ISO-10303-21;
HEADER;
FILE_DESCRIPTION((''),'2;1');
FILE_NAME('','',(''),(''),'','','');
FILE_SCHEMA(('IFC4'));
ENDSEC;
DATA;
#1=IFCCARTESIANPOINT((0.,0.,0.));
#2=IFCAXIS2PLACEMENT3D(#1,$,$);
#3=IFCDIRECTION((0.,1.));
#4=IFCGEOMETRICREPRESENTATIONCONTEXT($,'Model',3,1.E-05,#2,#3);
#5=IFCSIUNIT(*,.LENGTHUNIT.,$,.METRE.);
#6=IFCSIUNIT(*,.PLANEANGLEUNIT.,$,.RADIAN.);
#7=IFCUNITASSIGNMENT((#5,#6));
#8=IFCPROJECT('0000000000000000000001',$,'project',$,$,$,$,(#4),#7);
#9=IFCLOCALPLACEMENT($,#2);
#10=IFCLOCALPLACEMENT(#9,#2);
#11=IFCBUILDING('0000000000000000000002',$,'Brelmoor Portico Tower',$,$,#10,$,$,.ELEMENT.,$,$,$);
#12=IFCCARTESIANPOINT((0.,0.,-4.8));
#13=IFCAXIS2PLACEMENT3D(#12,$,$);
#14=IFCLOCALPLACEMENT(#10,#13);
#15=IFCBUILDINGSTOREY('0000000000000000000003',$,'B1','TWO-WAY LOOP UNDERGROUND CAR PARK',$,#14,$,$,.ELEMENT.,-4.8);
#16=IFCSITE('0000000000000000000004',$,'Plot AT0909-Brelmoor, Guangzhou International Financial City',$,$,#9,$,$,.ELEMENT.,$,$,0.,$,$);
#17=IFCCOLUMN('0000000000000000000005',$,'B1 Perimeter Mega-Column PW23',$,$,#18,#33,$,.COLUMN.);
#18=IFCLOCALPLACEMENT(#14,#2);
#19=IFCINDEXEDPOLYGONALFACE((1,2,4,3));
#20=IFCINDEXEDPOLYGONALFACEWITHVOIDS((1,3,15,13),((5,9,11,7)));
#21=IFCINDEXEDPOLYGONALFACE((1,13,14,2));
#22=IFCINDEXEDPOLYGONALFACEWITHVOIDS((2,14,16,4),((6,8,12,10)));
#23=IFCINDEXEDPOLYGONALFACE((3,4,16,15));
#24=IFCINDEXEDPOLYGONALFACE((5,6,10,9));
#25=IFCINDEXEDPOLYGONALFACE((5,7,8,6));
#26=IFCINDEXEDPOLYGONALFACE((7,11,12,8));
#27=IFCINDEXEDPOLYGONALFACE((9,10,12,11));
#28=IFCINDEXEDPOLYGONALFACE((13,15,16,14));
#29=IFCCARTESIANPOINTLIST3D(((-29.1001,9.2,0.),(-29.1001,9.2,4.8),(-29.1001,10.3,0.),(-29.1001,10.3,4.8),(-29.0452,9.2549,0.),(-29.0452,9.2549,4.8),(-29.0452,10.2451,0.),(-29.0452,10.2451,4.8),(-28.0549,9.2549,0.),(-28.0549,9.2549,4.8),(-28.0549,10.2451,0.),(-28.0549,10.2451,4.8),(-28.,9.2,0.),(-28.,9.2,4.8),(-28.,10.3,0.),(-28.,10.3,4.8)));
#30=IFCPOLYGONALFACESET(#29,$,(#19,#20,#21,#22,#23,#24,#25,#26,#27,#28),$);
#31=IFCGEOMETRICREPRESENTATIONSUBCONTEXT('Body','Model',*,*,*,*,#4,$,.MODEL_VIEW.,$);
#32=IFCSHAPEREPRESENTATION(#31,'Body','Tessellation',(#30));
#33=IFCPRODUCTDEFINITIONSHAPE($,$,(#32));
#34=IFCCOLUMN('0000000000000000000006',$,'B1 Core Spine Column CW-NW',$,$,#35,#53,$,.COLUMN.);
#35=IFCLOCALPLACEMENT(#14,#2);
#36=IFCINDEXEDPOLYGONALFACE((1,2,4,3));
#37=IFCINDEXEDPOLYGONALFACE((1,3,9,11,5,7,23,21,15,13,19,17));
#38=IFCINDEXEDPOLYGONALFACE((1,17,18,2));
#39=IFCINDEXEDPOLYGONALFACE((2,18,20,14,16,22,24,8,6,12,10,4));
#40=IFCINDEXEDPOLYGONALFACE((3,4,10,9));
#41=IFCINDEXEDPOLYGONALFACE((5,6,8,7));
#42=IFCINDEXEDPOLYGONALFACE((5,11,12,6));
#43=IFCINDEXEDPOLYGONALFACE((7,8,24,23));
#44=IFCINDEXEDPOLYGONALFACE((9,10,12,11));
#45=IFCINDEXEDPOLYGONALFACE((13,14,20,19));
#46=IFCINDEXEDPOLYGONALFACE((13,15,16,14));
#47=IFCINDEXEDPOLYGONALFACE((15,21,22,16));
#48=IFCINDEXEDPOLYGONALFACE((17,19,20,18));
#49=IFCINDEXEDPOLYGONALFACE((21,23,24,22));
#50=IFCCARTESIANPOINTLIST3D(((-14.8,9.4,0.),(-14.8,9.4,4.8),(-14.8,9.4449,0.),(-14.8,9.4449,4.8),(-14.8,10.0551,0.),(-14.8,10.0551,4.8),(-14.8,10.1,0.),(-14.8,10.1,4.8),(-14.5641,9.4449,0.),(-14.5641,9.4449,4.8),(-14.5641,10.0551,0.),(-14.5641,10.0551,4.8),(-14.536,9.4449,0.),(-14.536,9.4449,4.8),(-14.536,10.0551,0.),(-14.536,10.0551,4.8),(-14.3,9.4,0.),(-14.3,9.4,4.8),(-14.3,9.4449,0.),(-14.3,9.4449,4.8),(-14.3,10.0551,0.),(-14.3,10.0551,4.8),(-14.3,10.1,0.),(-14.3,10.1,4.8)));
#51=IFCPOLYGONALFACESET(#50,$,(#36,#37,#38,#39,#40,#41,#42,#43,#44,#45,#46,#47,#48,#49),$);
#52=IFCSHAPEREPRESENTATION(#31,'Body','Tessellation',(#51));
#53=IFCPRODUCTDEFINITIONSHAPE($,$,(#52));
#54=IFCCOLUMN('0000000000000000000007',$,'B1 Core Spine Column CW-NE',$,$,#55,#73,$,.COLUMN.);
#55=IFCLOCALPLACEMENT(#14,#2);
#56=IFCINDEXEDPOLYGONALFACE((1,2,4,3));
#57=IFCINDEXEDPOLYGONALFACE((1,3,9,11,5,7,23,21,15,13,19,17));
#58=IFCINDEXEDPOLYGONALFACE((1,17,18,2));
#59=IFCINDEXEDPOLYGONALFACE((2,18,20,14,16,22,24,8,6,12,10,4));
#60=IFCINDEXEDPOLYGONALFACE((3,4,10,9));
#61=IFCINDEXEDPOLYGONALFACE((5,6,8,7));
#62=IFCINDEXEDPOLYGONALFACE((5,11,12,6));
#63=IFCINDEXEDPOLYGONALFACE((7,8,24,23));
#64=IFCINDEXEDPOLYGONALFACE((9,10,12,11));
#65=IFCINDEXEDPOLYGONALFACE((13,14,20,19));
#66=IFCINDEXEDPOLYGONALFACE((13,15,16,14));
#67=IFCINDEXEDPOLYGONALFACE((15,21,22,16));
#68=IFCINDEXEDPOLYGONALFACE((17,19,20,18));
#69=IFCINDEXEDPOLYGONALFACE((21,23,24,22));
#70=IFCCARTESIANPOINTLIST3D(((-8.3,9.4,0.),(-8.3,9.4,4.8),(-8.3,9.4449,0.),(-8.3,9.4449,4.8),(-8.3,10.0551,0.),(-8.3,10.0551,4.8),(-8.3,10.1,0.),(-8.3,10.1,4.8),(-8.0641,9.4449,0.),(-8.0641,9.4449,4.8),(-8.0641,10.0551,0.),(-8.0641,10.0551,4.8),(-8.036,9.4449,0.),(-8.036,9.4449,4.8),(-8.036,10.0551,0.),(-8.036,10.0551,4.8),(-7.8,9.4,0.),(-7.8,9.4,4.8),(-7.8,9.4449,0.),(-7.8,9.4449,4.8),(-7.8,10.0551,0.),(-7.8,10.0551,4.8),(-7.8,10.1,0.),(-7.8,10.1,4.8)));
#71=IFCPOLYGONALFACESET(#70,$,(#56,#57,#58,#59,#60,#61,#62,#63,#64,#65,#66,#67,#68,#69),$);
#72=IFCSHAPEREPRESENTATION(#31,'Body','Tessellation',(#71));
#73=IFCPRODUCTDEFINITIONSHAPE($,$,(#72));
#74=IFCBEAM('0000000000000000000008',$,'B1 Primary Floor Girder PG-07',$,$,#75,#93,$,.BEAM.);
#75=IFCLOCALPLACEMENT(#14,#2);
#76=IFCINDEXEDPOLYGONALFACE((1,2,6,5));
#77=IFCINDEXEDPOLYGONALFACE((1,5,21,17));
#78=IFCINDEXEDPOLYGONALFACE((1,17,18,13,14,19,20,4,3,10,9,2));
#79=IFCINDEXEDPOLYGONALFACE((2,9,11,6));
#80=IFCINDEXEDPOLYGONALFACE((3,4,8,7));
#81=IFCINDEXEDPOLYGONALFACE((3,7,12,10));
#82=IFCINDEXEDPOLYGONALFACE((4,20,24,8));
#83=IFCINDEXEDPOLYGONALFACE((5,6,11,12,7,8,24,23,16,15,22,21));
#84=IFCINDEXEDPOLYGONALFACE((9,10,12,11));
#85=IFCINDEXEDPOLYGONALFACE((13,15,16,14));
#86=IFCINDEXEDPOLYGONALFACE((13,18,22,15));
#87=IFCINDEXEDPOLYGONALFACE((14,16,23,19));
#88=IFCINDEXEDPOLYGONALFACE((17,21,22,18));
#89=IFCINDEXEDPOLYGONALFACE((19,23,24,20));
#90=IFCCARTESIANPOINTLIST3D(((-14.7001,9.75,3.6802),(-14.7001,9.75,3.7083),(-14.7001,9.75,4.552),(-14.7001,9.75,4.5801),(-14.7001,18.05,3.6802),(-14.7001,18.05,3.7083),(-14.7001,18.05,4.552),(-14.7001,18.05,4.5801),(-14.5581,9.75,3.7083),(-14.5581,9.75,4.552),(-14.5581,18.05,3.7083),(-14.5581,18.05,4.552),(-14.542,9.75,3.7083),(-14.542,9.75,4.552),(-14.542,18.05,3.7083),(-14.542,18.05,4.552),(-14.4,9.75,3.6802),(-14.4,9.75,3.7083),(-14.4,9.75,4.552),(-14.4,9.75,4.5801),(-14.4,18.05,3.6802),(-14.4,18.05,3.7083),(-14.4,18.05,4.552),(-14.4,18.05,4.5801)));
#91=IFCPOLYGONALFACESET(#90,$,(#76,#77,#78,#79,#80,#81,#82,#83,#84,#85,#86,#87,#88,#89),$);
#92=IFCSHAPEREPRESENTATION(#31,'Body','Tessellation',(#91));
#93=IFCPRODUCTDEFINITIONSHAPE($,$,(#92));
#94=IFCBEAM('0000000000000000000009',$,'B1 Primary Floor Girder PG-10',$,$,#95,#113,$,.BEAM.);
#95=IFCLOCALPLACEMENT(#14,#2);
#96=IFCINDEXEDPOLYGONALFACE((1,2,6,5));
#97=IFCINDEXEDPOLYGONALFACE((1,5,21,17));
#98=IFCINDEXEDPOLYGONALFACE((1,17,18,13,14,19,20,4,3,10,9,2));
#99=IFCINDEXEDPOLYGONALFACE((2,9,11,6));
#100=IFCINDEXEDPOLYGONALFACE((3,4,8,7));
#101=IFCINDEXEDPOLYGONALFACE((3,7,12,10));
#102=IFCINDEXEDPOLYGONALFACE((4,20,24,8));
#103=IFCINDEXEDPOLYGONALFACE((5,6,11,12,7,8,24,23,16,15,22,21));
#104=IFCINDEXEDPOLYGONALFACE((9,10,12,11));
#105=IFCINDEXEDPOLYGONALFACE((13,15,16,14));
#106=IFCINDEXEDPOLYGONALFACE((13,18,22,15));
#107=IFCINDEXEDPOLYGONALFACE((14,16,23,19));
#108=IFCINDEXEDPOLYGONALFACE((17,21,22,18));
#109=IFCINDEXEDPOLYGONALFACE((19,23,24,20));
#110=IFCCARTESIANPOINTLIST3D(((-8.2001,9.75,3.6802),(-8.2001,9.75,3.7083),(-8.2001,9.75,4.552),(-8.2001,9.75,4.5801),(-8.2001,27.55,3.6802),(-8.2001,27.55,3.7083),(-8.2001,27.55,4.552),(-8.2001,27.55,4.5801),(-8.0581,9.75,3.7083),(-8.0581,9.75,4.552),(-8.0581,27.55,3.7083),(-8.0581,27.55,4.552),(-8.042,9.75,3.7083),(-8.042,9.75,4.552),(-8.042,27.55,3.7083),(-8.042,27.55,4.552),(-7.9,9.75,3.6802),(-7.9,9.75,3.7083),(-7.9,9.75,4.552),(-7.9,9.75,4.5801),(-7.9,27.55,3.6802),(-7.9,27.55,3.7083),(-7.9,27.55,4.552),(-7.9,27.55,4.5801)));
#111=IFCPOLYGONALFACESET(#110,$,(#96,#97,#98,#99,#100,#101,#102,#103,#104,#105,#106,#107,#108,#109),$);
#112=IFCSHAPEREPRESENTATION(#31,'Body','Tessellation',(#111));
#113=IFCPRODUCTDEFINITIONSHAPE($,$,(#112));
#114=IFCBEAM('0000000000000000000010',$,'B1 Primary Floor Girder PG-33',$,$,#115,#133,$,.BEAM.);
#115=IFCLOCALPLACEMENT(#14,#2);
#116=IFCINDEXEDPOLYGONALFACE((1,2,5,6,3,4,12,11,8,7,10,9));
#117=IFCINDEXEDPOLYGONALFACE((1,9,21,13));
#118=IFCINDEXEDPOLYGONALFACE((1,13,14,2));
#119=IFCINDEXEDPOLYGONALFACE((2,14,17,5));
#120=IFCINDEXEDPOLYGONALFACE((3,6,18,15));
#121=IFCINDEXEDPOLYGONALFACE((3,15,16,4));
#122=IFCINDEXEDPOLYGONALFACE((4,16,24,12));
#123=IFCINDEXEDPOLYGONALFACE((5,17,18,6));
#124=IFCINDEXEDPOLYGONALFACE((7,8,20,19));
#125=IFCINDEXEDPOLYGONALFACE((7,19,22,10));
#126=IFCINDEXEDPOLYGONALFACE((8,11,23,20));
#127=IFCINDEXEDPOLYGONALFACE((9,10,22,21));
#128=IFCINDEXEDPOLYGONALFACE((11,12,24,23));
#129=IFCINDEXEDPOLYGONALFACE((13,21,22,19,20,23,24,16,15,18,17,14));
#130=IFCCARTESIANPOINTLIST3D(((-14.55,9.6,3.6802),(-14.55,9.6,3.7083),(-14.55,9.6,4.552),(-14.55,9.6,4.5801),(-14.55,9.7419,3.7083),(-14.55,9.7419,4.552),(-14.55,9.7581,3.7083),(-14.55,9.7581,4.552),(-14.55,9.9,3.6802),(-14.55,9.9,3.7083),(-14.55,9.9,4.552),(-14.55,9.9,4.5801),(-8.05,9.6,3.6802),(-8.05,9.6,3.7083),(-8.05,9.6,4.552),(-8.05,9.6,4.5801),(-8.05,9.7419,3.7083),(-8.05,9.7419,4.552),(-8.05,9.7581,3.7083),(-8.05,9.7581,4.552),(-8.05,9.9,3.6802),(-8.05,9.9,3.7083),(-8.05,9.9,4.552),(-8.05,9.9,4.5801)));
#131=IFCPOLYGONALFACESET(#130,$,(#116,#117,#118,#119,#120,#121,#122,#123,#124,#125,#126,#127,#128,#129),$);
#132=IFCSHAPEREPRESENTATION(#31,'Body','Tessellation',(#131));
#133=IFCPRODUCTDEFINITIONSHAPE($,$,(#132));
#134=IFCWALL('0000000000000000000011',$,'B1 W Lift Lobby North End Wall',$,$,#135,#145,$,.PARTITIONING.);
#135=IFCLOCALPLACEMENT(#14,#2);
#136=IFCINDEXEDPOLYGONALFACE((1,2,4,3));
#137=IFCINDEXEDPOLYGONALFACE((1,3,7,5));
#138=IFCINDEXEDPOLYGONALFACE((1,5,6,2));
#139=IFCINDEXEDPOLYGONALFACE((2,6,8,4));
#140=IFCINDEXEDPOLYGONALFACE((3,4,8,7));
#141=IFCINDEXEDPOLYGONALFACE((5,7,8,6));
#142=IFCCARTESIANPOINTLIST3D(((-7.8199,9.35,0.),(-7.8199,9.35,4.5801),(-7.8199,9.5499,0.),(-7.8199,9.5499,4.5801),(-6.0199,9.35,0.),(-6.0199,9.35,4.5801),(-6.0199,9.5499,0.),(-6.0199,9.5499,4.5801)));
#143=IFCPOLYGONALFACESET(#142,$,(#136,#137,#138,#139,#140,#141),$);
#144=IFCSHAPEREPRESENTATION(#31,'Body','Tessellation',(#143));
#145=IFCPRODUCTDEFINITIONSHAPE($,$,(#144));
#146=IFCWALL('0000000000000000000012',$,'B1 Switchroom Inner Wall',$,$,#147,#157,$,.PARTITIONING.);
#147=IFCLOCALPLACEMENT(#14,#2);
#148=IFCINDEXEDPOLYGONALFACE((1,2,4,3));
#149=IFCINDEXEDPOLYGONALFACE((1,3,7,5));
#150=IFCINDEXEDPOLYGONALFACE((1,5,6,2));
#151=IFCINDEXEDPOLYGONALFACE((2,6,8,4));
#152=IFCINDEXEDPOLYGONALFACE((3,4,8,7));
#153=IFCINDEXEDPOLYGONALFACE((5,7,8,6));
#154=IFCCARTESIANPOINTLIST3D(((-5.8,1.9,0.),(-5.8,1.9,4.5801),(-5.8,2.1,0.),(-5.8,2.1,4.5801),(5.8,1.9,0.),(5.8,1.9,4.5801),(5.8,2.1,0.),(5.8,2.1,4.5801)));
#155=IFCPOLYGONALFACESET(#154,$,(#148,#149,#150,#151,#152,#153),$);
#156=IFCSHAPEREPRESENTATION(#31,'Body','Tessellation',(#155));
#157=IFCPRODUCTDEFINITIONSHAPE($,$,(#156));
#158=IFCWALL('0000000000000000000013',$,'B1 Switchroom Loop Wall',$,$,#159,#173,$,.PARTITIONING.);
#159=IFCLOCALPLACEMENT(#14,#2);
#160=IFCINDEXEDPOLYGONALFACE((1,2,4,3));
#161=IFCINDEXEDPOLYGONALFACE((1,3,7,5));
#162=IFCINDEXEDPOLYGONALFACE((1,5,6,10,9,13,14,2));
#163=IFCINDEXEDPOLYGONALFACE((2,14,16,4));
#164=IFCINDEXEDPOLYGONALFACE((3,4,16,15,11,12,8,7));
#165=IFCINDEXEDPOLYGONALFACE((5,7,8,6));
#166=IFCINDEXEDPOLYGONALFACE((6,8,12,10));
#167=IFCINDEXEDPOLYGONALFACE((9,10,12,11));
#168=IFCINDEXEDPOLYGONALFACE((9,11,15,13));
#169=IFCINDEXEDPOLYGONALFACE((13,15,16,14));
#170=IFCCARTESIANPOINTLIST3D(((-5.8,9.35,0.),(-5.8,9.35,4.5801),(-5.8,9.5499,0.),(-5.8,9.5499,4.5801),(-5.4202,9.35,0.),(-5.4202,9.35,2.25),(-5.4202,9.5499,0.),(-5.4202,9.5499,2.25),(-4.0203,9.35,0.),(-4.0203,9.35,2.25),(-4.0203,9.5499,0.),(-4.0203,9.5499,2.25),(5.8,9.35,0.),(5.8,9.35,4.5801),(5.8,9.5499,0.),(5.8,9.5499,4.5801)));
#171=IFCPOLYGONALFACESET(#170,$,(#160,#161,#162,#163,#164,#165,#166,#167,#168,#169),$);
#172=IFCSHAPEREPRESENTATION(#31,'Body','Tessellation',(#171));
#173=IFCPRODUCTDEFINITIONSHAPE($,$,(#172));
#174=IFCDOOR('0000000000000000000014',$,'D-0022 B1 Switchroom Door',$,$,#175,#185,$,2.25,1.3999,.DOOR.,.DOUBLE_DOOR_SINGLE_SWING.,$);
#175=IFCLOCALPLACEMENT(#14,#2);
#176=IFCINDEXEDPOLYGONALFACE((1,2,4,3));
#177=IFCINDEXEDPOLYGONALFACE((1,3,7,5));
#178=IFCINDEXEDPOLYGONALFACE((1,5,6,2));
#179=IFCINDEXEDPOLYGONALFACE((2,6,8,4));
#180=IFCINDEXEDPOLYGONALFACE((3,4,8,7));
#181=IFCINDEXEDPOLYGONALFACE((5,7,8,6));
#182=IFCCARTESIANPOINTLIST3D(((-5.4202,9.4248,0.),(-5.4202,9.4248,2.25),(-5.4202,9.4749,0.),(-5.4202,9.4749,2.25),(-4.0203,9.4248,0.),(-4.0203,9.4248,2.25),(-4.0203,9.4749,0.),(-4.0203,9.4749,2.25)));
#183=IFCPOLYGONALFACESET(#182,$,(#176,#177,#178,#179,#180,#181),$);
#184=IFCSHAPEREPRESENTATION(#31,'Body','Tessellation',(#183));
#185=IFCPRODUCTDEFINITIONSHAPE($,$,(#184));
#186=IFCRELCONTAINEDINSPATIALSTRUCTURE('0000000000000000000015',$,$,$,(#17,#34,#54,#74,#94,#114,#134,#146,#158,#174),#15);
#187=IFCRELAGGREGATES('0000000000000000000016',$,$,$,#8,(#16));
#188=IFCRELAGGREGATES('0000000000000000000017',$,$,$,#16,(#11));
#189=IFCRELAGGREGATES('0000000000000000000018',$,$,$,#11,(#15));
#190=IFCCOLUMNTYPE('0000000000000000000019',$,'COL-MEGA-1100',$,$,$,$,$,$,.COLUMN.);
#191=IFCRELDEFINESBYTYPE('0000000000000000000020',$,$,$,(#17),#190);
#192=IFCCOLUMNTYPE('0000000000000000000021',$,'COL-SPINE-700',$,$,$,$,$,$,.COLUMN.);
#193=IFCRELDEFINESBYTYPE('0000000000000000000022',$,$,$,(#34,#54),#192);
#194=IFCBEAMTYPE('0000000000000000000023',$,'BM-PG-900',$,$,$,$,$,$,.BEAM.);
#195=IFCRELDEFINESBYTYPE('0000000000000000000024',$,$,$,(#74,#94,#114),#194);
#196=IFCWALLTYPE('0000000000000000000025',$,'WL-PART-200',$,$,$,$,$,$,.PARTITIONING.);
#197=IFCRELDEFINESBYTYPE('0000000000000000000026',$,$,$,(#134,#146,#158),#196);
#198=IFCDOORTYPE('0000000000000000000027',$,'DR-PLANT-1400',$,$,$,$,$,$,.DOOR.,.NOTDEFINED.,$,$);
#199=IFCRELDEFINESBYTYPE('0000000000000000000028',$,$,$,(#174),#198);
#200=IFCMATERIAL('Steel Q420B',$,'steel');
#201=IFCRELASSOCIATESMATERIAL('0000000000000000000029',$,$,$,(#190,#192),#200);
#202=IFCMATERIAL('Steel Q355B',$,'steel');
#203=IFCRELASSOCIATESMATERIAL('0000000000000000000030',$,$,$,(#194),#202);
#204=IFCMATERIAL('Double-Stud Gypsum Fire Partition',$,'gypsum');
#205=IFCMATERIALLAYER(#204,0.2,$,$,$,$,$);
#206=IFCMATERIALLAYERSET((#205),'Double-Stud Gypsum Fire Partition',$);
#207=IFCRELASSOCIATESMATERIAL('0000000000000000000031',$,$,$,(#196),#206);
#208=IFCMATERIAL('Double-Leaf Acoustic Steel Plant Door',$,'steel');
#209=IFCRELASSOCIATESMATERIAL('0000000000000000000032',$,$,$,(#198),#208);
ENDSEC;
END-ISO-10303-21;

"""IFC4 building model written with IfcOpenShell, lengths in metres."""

from ifc_helpers import new_model, si_unit, direction, frame, frame_2d, origin, origin_2d, place, context, subcontext, project, spatial, rectangle, hollow_rectangle, i_section, extrude, material, layer, layer_set, material_profile, profile_set, type_object, element, fill, save


model = new_model("IFC4")

# Units and contexts
model_context = context("Model", 3, precision=1e-05, world=origin(), true_north=direction((0.0, 1.0)))
body_context = subcontext(model_context, "Body", "Model", "MODEL_VIEW")
ifc_project = project(units=[si_unit("LENGTHUNIT", "METRE"), si_unit("PLANEANGLEUNIT", "RADIAN")], contexts=[model_context])

# Site, building, storey
site_placement = place(None, origin())
site = spatial("IfcSite", under=ifc_project, at=site_placement, Name="Plot AT0909-Brelmoor, Guangzhou International Financial City", CompositionType="ELEMENT", RefElevation=0.0)
building_placement = place(site_placement, origin())
building = spatial("IfcBuilding", under=site, at=building_placement, Name="Brelmoor Portico Tower", CompositionType="ELEMENT")
storey_placement = place(building_placement, frame((0.0, 0.0, -4.8)))
storey = spatial("IfcBuildingStorey", under=building, at=storey_placement, Name="B1", Description="TWO-WAY LOOP UNDERGROUND CAR PARK", CompositionType="ELEMENT", Elevation=-4.8)

# Columns
ifc_material_1 = material(Name="Steel Q420B", Category="steel")
ifc_material_profile_1 = material_profile(ifc_material_1, hollow_rectangle(XDim=1.1001, YDim=1.1001, WallThickness=0.0549, at=origin_2d()), Name="BOX 1100x1100x55")
ifc_profile_set_1 = profile_set([ifc_material_profile_1], Name="Steel Q420B")
column_type_1 = type_object("IfcColumnType", Name="COL-MEGA-1100", PredefinedType="COLUMN", material=ifc_profile_set_1)
column_placement = place(storey_placement, frame((-28.55, 9.75, 0.0), z_axis=(0.0, 0.0, 1.0), x_axis=(0.0, 1.0, 0.0)))
element("IfcColumn", 1, at=column_placement, inside=storey, type_object=column_type_1, Name="B1 Perimeter Mega-Column PW23", PredefinedType="COLUMN", context=body_context, shape_type="SweptSolid", body=[
    extrude(hollow_rectangle(XDim=1.1001, YDim=1.1001, WallThickness=0.0549, at=origin_2d()), origin(), (0.0, 0.0, 1.0), 4.8),
])
ifc_material_profile_2 = material_profile(ifc_material_1, i_section(OverallWidth=0.5, OverallDepth=0.7, WebThickness=0.0281, FlangeThickness=0.0449, at=origin_2d()), Name="HW 700x500x28x45")
ifc_profile_set_2 = profile_set([ifc_material_profile_2], Name="Steel Q420B")
column_type_2 = type_object("IfcColumnType", Name="COL-SPINE-700", PredefinedType="COLUMN", material=ifc_profile_set_2)
for number, where, z_axis, x_axis, name in (
    (2, (-14.55, 9.75, 0.0), (0.0, 0.0, 1.0), (1.0, 0.0, 0.0), "B1 Core Spine Column CW-NW"),
    (3, (-8.05, 9.75, 0.0), (0.0, 0.0, 1.0), (1.0, 0.0, 0.0), "B1 Core Spine Column CW-NE"),
):
    element("IfcColumn", number, at=place(storey_placement, frame(where, z_axis=z_axis, x_axis=x_axis)), inside=storey, type_object=column_type_2, Name=name, PredefinedType="COLUMN", context=body_context, shape_type="SweptSolid", body=[
        extrude(i_section(OverallWidth=0.5, OverallDepth=0.7, WebThickness=0.0281, FlangeThickness=0.0449, at=origin_2d()), origin(), (0.0, 0.0, 1.0), 4.8),
    ])

# Beams
ifc_material_2 = material(Name="Steel Q355B", Category="steel")
ifc_material_profile_3 = material_profile(ifc_material_2, i_section(OverallWidth=0.3, OverallDepth=0.8999, WebThickness=0.0161, FlangeThickness=0.0281, at=origin_2d()), Name="HN 900x300x16x28")
ifc_profile_set_3 = profile_set([ifc_material_profile_3], Name="Steel Q355B")
beam_type = type_object("IfcBeamType", Name="BM-PG-900", PredefinedType="BEAM", material=ifc_profile_set_3)
beam_1_placement = place(storey_placement, frame((-14.55, 9.75, 4.1301), z_axis=(0.0, 1.0, 0.0), x_axis=(-1.0, 0.0, 0.0)))
element("IfcBeam", 4, at=beam_1_placement, inside=storey, type_object=beam_type, Name="B1 Primary Floor Girder PG-07", PredefinedType="BEAM", context=body_context, shape_type="SweptSolid", body=[
    extrude(i_section(OverallWidth=0.3, OverallDepth=0.8999, WebThickness=0.0161, FlangeThickness=0.0281, at=origin_2d()), origin(), (0.0, 0.0, 1.0), 8.3),
])
beam_2_placement = place(storey_placement, frame((-8.05, 9.75, 4.1301), z_axis=(0.0, 1.0, 0.0), x_axis=(-1.0, 0.0, 0.0)))
element("IfcBeam", 5, at=beam_2_placement, inside=storey, type_object=beam_type, Name="B1 Primary Floor Girder PG-10", PredefinedType="BEAM", context=body_context, shape_type="SweptSolid", body=[
    extrude(i_section(OverallWidth=0.3, OverallDepth=0.8999, WebThickness=0.0161, FlangeThickness=0.0281, at=origin_2d()), origin(), (0.0, 0.0, 1.0), 17.8),
])
beam_3_placement = place(storey_placement, frame((-14.55, 9.75, 4.1301), z_axis=(1.0, 0.0, 0.0), x_axis=(0.0, 1.0, 0.0)))
element("IfcBeam", 6, at=beam_3_placement, inside=storey, type_object=beam_type, Name="B1 Primary Floor Girder PG-33", PredefinedType="BEAM", context=body_context, shape_type="SweptSolid", body=[
    extrude(i_section(OverallWidth=0.3, OverallDepth=0.8999, WebThickness=0.0161, FlangeThickness=0.0281, at=origin_2d()), origin(), (0.0, 0.0, 1.0), 6.5),
])

# Walls
ifc_material_3 = material(Name="Double-Stud Gypsum Fire Partition", Category="gypsum")
ifc_layer_1 = layer(ifc_material_3, 0.2)
ifc_layer_set_1 = layer_set([ifc_layer_1], Name="Double-Stud Gypsum Fire Partition")
wall_type_1 = type_object("IfcWallType", Name="WL-PART-200", PredefinedType="PARTITIONING", material=ifc_layer_set_1)
wall_1_placement = place(storey_placement, frame((-6.02, 9.45, 0.0), z_axis=(0.0, 0.0, 1.0), x_axis=(-1.0, 0.0, 0.0)))
element("IfcWall", 7, at=wall_1_placement, inside=storey, type_object=wall_type_1, Name="B1 W Lift Lobby North End Wall", PredefinedType="PARTITIONING", context=body_context, shape_type="SweptSolid", body=[
    extrude(rectangle(XDim=1.8, YDim=0.2, at=frame_2d((0.8999, 0.0))), origin(), (0.0, 0.0, 1.0), 4.5801),
])
wall_2_placement = place(storey_placement, frame((-5.8, 2.0, 0.0), z_axis=(0.0, 0.0, 1.0), x_axis=(1.0, 0.0, 0.0)))
element("IfcWall", 8, at=wall_2_placement, inside=storey, type_object=wall_type_1, Name="B1 Switchroom Inner Wall", PredefinedType="PARTITIONING", context=body_context, shape_type="SweptSolid", body=[
    extrude(rectangle(XDim=11.6001, YDim=0.2, at=frame_2d((5.8, 0.0))), origin(), (0.0, 0.0, 1.0), 4.5801),
])

# Wall, opening, door
wall_3_placement = place(storey_placement, frame((-5.8, 9.45, 0.0), z_axis=(0.0, 0.0, 1.0), x_axis=(1.0, 0.0, 0.0)))
wall_3 = element("IfcWall", 9, at=wall_3_placement, inside=storey, type_object=wall_type_1, Name="B1 Switchroom Loop Wall", PredefinedType="PARTITIONING", context=body_context, shape_type="SweptSolid", body=[
    extrude(rectangle(XDim=11.6001, YDim=0.2, at=frame_2d((5.8, 0.0))), origin(), (0.0, 0.0, 1.0), 4.5801),
])
opening_1_placement = place(wall_3_placement, frame((0.3799, 0.0, 0.0)))
opening_1 = element("IfcOpeningElement", 10, at=opening_1_placement, cuts=wall_3, PredefinedType="OPENING", context=body_context, shape_type="SweptSolid", body=[
    extrude(rectangle(XDim=1.3999, YDim=2.25, at=frame_2d((0.7, 1.125))), frame((0.0, 0.1099, 0.0), z_axis=(0.0, -1.0, 0.0), x_axis=(1.0, 0.0, 0.0)), (0.0, 0.0, 1.0), 0.22),
])
ifc_material_4 = material(Name="Double-Leaf Acoustic Steel Plant Door", Category="steel")
door_type_1 = type_object("IfcDoorType", Name="DR-PLANT-1400", OperationType="NOTDEFINED", PredefinedType="DOOR", material=ifc_material_4)
door_1_placement = place(opening_1_placement, origin())
door_1 = element("IfcDoor", 11, at=door_1_placement, inside=storey, type_object=door_type_1, Name="D-0022 B1 Switchroom Door", OperationType="DOUBLE_DOOR_SINGLE_SWING", OverallHeight=2.25, OverallWidth=1.3999, PredefinedType="DOOR", context=body_context, shape_type="SweptSolid", body=[
    extrude(rectangle(XDim=1.3999, YDim=2.25, at=frame_2d((0.7, 1.125))), frame((0.0, 0.0249, 0.0), z_axis=(0.0, -1.0, 0.0), x_axis=(1.0, 0.0, 0.0)), (0.0, 0.0, 1.0), 0.05),
])
fill(opening_1, door_1)

save(model, "model.ifc")
